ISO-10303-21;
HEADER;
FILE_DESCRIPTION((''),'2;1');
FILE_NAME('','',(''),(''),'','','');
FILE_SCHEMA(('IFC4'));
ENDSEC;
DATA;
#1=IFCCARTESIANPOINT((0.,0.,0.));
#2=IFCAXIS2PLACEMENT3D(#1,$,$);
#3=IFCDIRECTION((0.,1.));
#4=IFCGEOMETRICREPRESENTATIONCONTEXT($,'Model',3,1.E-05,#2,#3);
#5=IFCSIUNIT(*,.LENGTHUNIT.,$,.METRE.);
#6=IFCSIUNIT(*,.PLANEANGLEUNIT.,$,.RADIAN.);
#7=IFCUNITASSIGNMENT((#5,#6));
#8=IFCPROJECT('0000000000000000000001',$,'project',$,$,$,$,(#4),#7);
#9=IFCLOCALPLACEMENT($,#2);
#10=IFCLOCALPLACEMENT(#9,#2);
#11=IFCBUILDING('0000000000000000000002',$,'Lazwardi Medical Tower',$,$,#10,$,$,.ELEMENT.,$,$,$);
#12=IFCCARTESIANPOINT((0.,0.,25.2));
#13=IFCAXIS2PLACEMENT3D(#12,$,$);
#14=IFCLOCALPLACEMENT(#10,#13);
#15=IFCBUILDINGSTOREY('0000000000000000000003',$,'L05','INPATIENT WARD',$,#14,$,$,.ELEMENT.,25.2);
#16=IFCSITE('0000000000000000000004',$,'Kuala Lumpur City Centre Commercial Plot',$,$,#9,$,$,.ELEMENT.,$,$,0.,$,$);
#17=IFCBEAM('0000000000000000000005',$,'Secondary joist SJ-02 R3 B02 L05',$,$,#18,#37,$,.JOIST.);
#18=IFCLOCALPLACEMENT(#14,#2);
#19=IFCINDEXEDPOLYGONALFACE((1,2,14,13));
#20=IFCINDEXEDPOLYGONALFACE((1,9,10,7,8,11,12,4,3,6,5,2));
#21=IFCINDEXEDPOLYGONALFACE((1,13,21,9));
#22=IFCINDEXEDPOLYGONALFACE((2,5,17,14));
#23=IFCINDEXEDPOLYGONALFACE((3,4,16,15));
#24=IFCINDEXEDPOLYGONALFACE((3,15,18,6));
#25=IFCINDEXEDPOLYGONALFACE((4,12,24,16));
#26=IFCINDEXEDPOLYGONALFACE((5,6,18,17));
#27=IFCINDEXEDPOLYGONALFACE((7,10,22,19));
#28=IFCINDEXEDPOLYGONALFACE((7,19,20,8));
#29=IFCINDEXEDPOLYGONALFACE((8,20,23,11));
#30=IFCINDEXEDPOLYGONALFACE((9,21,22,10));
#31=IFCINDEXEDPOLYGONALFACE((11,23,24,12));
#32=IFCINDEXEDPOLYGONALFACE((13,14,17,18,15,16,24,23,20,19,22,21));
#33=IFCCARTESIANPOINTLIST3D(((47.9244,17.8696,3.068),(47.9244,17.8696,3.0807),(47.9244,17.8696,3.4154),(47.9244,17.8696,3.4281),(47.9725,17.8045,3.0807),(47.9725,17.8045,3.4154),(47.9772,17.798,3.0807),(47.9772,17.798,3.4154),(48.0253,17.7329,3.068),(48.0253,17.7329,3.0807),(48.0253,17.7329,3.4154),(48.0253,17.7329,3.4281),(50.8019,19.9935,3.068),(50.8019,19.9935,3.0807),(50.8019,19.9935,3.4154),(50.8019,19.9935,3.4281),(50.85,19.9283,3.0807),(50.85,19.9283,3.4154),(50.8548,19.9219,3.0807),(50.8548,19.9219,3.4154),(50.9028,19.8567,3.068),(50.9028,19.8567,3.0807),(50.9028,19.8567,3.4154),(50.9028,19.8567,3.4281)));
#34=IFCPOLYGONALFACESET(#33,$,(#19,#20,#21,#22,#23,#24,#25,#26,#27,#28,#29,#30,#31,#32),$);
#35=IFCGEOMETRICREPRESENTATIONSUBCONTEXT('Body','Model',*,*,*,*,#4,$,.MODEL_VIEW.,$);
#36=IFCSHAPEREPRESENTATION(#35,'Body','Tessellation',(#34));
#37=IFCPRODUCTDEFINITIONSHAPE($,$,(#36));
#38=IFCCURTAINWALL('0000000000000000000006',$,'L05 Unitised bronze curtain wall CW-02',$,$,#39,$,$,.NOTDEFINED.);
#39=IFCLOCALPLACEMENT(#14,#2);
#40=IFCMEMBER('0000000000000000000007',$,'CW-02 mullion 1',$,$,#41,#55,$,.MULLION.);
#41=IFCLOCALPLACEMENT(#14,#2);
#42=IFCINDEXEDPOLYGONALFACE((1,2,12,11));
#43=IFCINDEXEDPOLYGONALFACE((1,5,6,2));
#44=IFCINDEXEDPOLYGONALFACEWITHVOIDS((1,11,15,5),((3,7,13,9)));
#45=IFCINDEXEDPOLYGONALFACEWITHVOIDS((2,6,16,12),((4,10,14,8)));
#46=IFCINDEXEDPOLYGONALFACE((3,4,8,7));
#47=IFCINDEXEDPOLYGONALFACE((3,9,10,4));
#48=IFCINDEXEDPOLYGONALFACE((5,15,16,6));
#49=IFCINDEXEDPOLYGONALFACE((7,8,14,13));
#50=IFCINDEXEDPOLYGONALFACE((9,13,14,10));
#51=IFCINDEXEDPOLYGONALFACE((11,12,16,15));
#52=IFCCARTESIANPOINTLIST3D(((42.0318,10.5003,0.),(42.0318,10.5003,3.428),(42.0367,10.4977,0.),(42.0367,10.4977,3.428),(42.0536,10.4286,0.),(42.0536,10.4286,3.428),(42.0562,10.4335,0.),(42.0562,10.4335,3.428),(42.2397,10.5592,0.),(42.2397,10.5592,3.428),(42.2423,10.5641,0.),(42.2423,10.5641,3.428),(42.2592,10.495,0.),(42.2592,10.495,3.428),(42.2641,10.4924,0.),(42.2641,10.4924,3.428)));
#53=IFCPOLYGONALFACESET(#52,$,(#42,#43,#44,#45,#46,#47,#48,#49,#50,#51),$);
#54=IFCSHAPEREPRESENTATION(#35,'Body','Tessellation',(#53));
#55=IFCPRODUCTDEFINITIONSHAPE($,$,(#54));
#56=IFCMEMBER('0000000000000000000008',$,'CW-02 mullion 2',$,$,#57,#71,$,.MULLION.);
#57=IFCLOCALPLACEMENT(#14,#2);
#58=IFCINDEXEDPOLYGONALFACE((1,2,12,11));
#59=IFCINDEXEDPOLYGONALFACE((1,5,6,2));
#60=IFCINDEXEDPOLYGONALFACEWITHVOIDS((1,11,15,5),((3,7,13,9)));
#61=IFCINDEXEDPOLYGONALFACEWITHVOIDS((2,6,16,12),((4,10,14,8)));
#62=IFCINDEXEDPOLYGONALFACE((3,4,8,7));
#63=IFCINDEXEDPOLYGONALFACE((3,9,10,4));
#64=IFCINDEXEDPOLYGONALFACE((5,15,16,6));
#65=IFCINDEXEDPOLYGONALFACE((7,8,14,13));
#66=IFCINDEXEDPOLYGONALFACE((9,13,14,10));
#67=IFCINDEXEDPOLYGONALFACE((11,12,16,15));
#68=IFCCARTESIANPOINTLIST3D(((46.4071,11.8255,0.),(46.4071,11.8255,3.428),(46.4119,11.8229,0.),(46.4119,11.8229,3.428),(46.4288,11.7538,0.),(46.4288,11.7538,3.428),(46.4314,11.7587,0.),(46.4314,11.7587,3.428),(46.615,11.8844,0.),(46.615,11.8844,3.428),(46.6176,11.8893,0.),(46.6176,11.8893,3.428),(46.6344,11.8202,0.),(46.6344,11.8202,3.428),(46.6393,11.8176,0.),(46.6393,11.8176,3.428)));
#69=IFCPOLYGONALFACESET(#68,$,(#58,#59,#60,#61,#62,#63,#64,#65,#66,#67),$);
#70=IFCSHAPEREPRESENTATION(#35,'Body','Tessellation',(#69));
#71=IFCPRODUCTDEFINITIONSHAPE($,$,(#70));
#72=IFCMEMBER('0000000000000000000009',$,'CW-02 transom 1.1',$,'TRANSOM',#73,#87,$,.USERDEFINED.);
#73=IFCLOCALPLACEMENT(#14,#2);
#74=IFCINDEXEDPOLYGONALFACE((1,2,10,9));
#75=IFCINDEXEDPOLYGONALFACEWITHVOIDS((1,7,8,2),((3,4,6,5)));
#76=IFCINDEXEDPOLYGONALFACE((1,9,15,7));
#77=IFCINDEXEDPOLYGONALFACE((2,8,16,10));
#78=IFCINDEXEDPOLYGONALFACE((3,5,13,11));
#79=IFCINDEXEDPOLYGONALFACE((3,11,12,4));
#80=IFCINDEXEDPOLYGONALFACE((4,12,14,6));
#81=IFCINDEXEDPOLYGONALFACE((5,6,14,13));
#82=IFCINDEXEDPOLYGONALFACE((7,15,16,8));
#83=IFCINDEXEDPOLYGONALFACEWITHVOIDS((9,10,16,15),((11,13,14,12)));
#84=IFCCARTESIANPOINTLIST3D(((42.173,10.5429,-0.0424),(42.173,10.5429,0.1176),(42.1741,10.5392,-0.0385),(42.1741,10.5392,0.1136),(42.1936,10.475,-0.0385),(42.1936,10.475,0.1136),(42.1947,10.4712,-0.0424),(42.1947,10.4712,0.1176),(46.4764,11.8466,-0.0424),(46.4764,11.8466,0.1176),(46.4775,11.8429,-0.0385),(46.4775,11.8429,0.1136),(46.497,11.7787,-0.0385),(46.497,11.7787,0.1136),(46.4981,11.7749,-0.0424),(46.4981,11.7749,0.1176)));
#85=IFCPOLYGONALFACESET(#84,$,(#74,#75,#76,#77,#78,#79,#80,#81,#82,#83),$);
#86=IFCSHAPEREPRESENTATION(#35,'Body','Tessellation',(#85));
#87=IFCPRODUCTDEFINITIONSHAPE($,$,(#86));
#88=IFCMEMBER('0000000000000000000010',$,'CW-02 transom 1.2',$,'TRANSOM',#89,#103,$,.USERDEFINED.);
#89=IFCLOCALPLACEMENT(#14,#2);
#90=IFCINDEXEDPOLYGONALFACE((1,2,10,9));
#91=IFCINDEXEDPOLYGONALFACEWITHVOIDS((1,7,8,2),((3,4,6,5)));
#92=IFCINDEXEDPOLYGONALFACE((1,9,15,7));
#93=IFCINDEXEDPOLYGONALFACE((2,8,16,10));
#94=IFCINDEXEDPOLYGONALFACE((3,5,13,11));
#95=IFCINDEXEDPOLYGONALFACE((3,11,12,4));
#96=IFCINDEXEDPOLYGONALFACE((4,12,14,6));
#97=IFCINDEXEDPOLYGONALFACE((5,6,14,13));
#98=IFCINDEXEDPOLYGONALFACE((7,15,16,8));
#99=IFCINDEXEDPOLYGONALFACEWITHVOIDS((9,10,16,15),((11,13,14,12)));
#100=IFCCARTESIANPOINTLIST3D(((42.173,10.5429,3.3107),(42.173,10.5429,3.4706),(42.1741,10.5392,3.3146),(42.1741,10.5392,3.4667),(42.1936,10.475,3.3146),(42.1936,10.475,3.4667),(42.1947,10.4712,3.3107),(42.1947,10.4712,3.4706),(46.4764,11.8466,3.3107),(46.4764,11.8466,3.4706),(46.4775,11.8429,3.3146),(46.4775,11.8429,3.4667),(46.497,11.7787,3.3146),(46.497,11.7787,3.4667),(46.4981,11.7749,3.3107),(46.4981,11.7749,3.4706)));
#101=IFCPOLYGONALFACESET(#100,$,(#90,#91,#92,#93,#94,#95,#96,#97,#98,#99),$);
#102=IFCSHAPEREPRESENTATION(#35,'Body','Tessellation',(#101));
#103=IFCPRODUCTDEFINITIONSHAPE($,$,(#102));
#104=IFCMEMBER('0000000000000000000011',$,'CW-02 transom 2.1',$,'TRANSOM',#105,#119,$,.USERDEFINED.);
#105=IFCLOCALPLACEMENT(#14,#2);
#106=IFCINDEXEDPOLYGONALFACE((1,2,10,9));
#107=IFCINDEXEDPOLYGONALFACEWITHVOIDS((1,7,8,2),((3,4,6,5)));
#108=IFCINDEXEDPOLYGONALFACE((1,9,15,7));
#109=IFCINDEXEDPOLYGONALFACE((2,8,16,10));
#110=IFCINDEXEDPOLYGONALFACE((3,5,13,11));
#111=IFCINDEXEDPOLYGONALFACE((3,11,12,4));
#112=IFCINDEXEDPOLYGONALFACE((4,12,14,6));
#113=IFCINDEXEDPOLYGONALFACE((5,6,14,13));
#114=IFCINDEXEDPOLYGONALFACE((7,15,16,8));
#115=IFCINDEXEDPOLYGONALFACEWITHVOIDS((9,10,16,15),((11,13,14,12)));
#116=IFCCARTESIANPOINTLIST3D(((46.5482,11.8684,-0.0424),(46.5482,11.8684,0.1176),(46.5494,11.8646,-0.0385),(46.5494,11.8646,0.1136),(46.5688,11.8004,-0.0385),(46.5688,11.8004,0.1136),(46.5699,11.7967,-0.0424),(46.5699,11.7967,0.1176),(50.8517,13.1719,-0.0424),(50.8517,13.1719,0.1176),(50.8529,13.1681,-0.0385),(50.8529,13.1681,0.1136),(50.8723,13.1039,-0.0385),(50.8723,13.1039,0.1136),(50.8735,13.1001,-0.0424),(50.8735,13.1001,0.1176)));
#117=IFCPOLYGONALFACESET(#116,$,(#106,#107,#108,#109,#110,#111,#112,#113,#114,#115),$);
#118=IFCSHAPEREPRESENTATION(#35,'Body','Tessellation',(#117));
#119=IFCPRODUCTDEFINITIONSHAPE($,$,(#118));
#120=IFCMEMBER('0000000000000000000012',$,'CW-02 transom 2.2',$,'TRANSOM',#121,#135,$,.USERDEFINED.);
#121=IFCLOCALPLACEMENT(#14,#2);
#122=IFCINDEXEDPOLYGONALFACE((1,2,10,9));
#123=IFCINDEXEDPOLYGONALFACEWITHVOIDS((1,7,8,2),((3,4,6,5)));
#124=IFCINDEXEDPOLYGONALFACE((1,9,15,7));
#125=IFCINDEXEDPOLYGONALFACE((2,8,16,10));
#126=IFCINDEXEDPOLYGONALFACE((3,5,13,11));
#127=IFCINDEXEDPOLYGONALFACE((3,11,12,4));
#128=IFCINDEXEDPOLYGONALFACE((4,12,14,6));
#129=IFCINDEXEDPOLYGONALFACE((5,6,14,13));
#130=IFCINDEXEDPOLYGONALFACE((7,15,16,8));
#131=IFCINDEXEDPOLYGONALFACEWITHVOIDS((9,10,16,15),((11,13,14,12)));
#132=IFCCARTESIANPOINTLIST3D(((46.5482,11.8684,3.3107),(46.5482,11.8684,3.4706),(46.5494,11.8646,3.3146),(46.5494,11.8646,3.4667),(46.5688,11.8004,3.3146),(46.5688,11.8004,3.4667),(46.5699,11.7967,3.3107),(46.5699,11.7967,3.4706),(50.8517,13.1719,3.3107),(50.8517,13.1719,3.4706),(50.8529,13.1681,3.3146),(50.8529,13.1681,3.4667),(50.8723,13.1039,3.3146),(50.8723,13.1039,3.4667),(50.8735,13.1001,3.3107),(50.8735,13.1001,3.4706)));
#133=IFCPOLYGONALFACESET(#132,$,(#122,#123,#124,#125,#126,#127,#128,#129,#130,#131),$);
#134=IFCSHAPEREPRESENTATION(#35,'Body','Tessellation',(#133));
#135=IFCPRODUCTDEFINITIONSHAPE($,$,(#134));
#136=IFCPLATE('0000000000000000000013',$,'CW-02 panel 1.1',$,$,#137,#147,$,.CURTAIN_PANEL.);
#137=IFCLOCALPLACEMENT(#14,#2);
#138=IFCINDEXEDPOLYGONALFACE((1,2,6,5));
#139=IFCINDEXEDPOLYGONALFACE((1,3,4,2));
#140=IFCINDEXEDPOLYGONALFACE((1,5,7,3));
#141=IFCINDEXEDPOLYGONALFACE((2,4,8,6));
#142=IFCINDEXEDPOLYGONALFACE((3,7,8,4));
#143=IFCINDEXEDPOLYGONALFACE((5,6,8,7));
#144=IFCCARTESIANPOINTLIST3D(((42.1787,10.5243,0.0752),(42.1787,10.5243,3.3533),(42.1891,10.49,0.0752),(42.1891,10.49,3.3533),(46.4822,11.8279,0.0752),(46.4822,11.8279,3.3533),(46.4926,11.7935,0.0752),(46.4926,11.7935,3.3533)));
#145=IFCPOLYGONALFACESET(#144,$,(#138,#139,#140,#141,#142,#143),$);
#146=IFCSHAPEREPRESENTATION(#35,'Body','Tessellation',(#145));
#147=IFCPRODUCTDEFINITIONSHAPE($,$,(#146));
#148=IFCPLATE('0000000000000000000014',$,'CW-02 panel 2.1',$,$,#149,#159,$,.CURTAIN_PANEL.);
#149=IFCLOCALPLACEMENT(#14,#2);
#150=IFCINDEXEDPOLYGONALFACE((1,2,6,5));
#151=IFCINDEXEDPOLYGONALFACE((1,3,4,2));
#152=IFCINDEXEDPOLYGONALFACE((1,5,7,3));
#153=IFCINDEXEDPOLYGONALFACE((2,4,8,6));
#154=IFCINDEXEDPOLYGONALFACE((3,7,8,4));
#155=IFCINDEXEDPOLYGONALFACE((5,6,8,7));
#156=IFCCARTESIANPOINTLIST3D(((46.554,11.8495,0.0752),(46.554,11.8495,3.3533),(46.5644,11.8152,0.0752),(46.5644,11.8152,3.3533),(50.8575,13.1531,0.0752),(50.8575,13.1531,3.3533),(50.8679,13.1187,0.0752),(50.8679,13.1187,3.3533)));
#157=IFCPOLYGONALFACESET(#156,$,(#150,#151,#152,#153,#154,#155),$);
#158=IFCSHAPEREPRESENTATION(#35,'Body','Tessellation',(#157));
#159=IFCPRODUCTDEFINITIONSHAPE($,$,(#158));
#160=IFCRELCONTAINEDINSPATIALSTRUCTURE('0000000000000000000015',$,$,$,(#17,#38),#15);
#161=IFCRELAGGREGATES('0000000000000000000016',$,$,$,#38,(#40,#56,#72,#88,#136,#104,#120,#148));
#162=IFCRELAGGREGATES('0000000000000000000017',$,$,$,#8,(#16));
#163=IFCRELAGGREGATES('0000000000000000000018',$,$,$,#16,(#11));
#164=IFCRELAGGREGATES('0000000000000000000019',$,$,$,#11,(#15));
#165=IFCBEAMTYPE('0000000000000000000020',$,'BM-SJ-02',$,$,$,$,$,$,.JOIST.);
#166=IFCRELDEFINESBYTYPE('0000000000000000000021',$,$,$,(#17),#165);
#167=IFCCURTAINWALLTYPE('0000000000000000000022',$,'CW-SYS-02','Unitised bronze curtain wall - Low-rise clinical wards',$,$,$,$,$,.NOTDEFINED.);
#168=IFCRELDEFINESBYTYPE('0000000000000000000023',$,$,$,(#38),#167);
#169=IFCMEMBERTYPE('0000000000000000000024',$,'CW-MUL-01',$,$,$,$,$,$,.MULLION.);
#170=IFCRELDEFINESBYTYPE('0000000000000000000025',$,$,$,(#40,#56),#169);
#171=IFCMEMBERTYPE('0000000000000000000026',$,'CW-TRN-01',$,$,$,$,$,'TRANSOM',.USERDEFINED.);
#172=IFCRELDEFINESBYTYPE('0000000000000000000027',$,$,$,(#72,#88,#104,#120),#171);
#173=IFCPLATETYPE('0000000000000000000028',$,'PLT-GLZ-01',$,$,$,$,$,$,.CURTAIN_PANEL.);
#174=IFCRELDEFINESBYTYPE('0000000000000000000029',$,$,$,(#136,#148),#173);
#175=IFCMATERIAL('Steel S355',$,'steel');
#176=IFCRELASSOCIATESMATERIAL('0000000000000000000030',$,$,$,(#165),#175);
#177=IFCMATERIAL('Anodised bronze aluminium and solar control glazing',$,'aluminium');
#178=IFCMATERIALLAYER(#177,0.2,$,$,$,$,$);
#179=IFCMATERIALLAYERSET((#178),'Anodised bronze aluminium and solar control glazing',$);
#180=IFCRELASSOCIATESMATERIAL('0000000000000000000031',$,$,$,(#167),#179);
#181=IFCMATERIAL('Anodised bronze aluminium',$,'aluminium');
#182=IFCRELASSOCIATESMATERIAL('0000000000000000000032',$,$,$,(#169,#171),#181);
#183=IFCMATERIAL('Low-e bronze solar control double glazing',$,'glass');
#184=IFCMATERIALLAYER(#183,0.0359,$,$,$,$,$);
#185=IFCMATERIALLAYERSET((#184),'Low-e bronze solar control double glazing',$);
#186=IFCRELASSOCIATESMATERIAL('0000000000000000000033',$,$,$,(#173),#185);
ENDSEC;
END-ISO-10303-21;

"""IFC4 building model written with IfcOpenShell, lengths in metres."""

from ifc_helpers import new_model, si_unit, direction, frame, origin, origin_2d, place, context, subcontext, project, spatial, rectangle, hollow_rectangle, i_section, extrude, material, layer, layer_set, material_profile, profile_set, type_object, element, aggregate, save


model = new_model("IFC4")

# Units and contexts
model_context = context("Model", 3, precision=1e-05, world=origin(), true_north=direction((0.0, 1.0)))
body_context = subcontext(model_context, "Body", "Model", "MODEL_VIEW")
ifc_project = project(units=[si_unit("LENGTHUNIT", "METRE"), si_unit("PLANEANGLEUNIT", "RADIAN")], contexts=[model_context])

# Site, building, storey
site_placement = place(None, origin())
site = spatial("IfcSite", under=ifc_project, at=site_placement, Name="Kuala Lumpur City Centre Commercial Plot", CompositionType="ELEMENT", RefElevation=0.0)
building_placement = place(site_placement, origin())
building = spatial("IfcBuilding", under=site, at=building_placement, Name="Lazwardi Medical Tower", CompositionType="ELEMENT")
storey_placement = place(building_placement, frame((0.0, 0.0, 25.2)))
storey = spatial("IfcBuildingStorey", under=building, at=storey_placement, Name="L05", Description="INPATIENT WARD", CompositionType="ELEMENT", Elevation=25.2)

# Beam
ifc_material_1 = material(Name="Steel S355", Category="steel")
ifc_material_profile_1 = material_profile(ifc_material_1, i_section(OverallWidth=0.1699, OverallDepth=0.3601, WebThickness=0.0081, FlangeThickness=0.0127, at=origin_2d()), Name="IPE 360")
ifc_profile_set_1 = profile_set([ifc_material_profile_1], Name="Steel S355")
beam_type_1 = type_object("IfcBeamType", Name="BM-SJ-02", PredefinedType="JOIST", material=ifc_profile_set_1)
beam_1_placement = place(storey_placement, frame((47.9749, 17.8013, 3.248), z_axis=(0.80458, 0.593844, 0.0), x_axis=(-0.593844, 0.80458, 0.0)))
element("IfcBeam", 1, at=beam_1_placement, inside=storey, type_object=beam_type_1, Name="Secondary joist SJ-02 R3 B02 L05", PredefinedType="JOIST", context=body_context, shape_type="SweptSolid", body=[
    extrude(i_section(OverallWidth=0.1699, OverallDepth=0.3601, WebThickness=0.0081, FlangeThickness=0.0127, at=origin_2d()), origin(), (0.0, 0.0, 1.0), 3.5764),
])

# Curtain wall, members, plates
ifc_material_2 = material(Name="Anodised bronze aluminium and solar control glazing", Category="aluminium")
ifc_layer_1 = layer(ifc_material_2, 0.2)
ifc_layer_set_1 = layer_set([ifc_layer_1], Name="Anodised bronze aluminium and solar control glazing")
curtain_wall_type = type_object("IfcCurtainWallType", Name="CW-SYS-02", Description="Unitised bronze curtain wall - Low-rise clinical wards", PredefinedType="NOTDEFINED", material=ifc_layer_set_1)
curtain_wall_placement = place(storey_placement, origin())
curtain_wall = element("IfcCurtainWall", 2, at=curtain_wall_placement, inside=storey, type_object=curtain_wall_type, Name="L05 Unitised bronze curtain wall CW-02", PredefinedType="NOTDEFINED")
ifc_material_3 = material(Name="Anodised bronze aluminium", Category="aluminium")
ifc_material_profile_2 = material_profile(ifc_material_3, hollow_rectangle(XDim=0.075, YDim=0.22, WallThickness=0.0039, at=origin_2d()), Name="ALU-MULLION 220x75x4")
ifc_profile_set_2 = profile_set([ifc_material_profile_2], Name="Anodised bronze aluminium")
member_type_1 = type_object("IfcMemberType", Name="CW-MUL-01", PredefinedType="MULLION", material=ifc_profile_set_2)
member_1_placement = place(storey_placement, frame((42.1479, 10.4963, 0.0), z_axis=(0.0, 0.0, 1.0), x_axis=(-0.289896, 0.957058, 0.0)))
member_1 = element("IfcMember", 3, at=member_1_placement, type_object=member_type_1, Name="CW-02 mullion 1", PredefinedType="MULLION", context=body_context, shape_type="SweptSolid", body=[
    extrude(hollow_rectangle(XDim=0.075, YDim=0.22, WallThickness=0.0039, at=origin_2d()), origin(), (0.0, 0.0, 1.0), 3.428),
])
member_2_placement = place(storey_placement, frame((46.5232, 11.8215, 0.0), z_axis=(0.0, 0.0, 1.0), x_axis=(-0.289896, 0.957058, 0.0)))
member_2 = element("IfcMember", 4, at=member_2_placement, type_object=member_type_1, Name="CW-02 mullion 2", PredefinedType="MULLION", context=body_context, shape_type="SweptSolid", body=[
    extrude(hollow_rectangle(XDim=0.075, YDim=0.22, WallThickness=0.0039, at=origin_2d()), origin(), (0.0, 0.0, 1.0), 3.428),
])
ifc_material_profile_3 = material_profile(ifc_material_3, hollow_rectangle(XDim=0.075, YDim=0.1599, WallThickness=0.0039, at=origin_2d()), Name="ALU-TRANSOM 160x75x4")
ifc_profile_set_3 = profile_set([ifc_material_profile_3], Name="Anodised bronze aluminium")
member_type_2 = type_object("IfcMemberType", Name="CW-TRN-01", ElementType="TRANSOM", PredefinedType="USERDEFINED", material=ifc_profile_set_3)
member_3_placement = place(storey_placement, frame((42.1838, 10.5071, 0.0376), z_axis=(0.957047, 0.289932, 0.0), x_axis=(-0.289932, 0.957047, 0.0)))
member_3 = element("IfcMember", 5, at=member_3_placement, type_object=member_type_2, Name="CW-02 transom 1.1", ObjectType="TRANSOM", PredefinedType="USERDEFINED", context=body_context, shape_type="SweptSolid", body=[
    extrude(hollow_rectangle(XDim=0.075, YDim=0.1599, WallThickness=0.0039, at=origin_2d()), origin(), (0.0, 0.0, 1.0), 4.4966),
])
member_4_placement = place(storey_placement, frame((42.1838, 10.5071, 3.3906), z_axis=(0.957047, 0.289932, 0.0), x_axis=(-0.289932, 0.957047, 0.0)))
member_4 = element("IfcMember", 6, at=member_4_placement, type_object=member_type_2, Name="CW-02 transom 1.2", ObjectType="TRANSOM", PredefinedType="USERDEFINED", context=body_context, shape_type="SweptSolid", body=[
    extrude(hollow_rectangle(XDim=0.075, YDim=0.1599, WallThickness=0.0039, at=origin_2d()), origin(), (0.0, 0.0, 1.0), 4.4966),
])
member_5_placement = place(storey_placement, frame((46.5591, 11.8325, 0.0376), z_axis=(0.957062, 0.289882, 0.0), x_axis=(-0.289882, 0.957062, 0.0)))
member_5 = element("IfcMember", 7, at=member_5_placement, type_object=member_type_2, Name="CW-02 transom 2.1", ObjectType="TRANSOM", PredefinedType="USERDEFINED", context=body_context, shape_type="SweptSolid", body=[
    extrude(hollow_rectangle(XDim=0.075, YDim=0.1599, WallThickness=0.0039, at=origin_2d()), origin(), (0.0, 0.0, 1.0), 4.4966),
])
member_6_placement = place(storey_placement, frame((46.5591, 11.8325, 3.3906), z_axis=(0.957062, 0.289882, 0.0), x_axis=(-0.289882, 0.957062, 0.0)))
member_6 = element("IfcMember", 8, at=member_6_placement, type_object=member_type_2, Name="CW-02 transom 2.2", ObjectType="TRANSOM", PredefinedType="USERDEFINED", context=body_context, shape_type="SweptSolid", body=[
    extrude(hollow_rectangle(XDim=0.075, YDim=0.1599, WallThickness=0.0039, at=origin_2d()), origin(), (0.0, 0.0, 1.0), 4.4966),
])
ifc_material_4 = material(Name="Low-e bronze solar control double glazing", Category="glass")
ifc_layer_2 = layer(ifc_material_4, 0.0359)
ifc_layer_set_2 = layer_set([ifc_layer_2], Name="Low-e bronze solar control double glazing")
plate_type = type_object("IfcPlateType", Name="PLT-GLZ-01", PredefinedType="CURTAIN_PANEL", material=ifc_layer_set_2)
plate_1_placement = place(storey_placement, frame((44.3357, 11.1589, 0.0752), z_axis=(0.0, 0.0, 1.0), x_axis=(0.957058, 0.289896, 0.0)))
plate_1 = element("IfcPlate", 9, at=plate_1_placement, type_object=plate_type, Name="CW-02 panel 1.1", PredefinedType="CURTAIN_PANEL", context=body_context, shape_type="SweptSolid", body=[
    extrude(rectangle(XDim=4.4966, YDim=0.0359, at=origin_2d()), origin(), (0.0, 0.0, 1.0), 3.2781),
])
plate_2_placement = place(storey_placement, frame((48.7109, 12.4841, 0.0752), z_axis=(0.0, 0.0, 1.0), x_axis=(0.957058, 0.289896, 0.0)))
plate_2 = element("IfcPlate", 10, at=plate_2_placement, type_object=plate_type, Name="CW-02 panel 2.1", PredefinedType="CURTAIN_PANEL", context=body_context, shape_type="SweptSolid", body=[
    extrude(rectangle(XDim=4.4966, YDim=0.0359, at=origin_2d()), origin(), (0.0, 0.0, 1.0), 3.2781),
])
aggregate(curtain_wall, [member_1, member_2, member_3, member_4, plate_1, member_5, member_6, plate_2])

save(model, "model.ifc")
